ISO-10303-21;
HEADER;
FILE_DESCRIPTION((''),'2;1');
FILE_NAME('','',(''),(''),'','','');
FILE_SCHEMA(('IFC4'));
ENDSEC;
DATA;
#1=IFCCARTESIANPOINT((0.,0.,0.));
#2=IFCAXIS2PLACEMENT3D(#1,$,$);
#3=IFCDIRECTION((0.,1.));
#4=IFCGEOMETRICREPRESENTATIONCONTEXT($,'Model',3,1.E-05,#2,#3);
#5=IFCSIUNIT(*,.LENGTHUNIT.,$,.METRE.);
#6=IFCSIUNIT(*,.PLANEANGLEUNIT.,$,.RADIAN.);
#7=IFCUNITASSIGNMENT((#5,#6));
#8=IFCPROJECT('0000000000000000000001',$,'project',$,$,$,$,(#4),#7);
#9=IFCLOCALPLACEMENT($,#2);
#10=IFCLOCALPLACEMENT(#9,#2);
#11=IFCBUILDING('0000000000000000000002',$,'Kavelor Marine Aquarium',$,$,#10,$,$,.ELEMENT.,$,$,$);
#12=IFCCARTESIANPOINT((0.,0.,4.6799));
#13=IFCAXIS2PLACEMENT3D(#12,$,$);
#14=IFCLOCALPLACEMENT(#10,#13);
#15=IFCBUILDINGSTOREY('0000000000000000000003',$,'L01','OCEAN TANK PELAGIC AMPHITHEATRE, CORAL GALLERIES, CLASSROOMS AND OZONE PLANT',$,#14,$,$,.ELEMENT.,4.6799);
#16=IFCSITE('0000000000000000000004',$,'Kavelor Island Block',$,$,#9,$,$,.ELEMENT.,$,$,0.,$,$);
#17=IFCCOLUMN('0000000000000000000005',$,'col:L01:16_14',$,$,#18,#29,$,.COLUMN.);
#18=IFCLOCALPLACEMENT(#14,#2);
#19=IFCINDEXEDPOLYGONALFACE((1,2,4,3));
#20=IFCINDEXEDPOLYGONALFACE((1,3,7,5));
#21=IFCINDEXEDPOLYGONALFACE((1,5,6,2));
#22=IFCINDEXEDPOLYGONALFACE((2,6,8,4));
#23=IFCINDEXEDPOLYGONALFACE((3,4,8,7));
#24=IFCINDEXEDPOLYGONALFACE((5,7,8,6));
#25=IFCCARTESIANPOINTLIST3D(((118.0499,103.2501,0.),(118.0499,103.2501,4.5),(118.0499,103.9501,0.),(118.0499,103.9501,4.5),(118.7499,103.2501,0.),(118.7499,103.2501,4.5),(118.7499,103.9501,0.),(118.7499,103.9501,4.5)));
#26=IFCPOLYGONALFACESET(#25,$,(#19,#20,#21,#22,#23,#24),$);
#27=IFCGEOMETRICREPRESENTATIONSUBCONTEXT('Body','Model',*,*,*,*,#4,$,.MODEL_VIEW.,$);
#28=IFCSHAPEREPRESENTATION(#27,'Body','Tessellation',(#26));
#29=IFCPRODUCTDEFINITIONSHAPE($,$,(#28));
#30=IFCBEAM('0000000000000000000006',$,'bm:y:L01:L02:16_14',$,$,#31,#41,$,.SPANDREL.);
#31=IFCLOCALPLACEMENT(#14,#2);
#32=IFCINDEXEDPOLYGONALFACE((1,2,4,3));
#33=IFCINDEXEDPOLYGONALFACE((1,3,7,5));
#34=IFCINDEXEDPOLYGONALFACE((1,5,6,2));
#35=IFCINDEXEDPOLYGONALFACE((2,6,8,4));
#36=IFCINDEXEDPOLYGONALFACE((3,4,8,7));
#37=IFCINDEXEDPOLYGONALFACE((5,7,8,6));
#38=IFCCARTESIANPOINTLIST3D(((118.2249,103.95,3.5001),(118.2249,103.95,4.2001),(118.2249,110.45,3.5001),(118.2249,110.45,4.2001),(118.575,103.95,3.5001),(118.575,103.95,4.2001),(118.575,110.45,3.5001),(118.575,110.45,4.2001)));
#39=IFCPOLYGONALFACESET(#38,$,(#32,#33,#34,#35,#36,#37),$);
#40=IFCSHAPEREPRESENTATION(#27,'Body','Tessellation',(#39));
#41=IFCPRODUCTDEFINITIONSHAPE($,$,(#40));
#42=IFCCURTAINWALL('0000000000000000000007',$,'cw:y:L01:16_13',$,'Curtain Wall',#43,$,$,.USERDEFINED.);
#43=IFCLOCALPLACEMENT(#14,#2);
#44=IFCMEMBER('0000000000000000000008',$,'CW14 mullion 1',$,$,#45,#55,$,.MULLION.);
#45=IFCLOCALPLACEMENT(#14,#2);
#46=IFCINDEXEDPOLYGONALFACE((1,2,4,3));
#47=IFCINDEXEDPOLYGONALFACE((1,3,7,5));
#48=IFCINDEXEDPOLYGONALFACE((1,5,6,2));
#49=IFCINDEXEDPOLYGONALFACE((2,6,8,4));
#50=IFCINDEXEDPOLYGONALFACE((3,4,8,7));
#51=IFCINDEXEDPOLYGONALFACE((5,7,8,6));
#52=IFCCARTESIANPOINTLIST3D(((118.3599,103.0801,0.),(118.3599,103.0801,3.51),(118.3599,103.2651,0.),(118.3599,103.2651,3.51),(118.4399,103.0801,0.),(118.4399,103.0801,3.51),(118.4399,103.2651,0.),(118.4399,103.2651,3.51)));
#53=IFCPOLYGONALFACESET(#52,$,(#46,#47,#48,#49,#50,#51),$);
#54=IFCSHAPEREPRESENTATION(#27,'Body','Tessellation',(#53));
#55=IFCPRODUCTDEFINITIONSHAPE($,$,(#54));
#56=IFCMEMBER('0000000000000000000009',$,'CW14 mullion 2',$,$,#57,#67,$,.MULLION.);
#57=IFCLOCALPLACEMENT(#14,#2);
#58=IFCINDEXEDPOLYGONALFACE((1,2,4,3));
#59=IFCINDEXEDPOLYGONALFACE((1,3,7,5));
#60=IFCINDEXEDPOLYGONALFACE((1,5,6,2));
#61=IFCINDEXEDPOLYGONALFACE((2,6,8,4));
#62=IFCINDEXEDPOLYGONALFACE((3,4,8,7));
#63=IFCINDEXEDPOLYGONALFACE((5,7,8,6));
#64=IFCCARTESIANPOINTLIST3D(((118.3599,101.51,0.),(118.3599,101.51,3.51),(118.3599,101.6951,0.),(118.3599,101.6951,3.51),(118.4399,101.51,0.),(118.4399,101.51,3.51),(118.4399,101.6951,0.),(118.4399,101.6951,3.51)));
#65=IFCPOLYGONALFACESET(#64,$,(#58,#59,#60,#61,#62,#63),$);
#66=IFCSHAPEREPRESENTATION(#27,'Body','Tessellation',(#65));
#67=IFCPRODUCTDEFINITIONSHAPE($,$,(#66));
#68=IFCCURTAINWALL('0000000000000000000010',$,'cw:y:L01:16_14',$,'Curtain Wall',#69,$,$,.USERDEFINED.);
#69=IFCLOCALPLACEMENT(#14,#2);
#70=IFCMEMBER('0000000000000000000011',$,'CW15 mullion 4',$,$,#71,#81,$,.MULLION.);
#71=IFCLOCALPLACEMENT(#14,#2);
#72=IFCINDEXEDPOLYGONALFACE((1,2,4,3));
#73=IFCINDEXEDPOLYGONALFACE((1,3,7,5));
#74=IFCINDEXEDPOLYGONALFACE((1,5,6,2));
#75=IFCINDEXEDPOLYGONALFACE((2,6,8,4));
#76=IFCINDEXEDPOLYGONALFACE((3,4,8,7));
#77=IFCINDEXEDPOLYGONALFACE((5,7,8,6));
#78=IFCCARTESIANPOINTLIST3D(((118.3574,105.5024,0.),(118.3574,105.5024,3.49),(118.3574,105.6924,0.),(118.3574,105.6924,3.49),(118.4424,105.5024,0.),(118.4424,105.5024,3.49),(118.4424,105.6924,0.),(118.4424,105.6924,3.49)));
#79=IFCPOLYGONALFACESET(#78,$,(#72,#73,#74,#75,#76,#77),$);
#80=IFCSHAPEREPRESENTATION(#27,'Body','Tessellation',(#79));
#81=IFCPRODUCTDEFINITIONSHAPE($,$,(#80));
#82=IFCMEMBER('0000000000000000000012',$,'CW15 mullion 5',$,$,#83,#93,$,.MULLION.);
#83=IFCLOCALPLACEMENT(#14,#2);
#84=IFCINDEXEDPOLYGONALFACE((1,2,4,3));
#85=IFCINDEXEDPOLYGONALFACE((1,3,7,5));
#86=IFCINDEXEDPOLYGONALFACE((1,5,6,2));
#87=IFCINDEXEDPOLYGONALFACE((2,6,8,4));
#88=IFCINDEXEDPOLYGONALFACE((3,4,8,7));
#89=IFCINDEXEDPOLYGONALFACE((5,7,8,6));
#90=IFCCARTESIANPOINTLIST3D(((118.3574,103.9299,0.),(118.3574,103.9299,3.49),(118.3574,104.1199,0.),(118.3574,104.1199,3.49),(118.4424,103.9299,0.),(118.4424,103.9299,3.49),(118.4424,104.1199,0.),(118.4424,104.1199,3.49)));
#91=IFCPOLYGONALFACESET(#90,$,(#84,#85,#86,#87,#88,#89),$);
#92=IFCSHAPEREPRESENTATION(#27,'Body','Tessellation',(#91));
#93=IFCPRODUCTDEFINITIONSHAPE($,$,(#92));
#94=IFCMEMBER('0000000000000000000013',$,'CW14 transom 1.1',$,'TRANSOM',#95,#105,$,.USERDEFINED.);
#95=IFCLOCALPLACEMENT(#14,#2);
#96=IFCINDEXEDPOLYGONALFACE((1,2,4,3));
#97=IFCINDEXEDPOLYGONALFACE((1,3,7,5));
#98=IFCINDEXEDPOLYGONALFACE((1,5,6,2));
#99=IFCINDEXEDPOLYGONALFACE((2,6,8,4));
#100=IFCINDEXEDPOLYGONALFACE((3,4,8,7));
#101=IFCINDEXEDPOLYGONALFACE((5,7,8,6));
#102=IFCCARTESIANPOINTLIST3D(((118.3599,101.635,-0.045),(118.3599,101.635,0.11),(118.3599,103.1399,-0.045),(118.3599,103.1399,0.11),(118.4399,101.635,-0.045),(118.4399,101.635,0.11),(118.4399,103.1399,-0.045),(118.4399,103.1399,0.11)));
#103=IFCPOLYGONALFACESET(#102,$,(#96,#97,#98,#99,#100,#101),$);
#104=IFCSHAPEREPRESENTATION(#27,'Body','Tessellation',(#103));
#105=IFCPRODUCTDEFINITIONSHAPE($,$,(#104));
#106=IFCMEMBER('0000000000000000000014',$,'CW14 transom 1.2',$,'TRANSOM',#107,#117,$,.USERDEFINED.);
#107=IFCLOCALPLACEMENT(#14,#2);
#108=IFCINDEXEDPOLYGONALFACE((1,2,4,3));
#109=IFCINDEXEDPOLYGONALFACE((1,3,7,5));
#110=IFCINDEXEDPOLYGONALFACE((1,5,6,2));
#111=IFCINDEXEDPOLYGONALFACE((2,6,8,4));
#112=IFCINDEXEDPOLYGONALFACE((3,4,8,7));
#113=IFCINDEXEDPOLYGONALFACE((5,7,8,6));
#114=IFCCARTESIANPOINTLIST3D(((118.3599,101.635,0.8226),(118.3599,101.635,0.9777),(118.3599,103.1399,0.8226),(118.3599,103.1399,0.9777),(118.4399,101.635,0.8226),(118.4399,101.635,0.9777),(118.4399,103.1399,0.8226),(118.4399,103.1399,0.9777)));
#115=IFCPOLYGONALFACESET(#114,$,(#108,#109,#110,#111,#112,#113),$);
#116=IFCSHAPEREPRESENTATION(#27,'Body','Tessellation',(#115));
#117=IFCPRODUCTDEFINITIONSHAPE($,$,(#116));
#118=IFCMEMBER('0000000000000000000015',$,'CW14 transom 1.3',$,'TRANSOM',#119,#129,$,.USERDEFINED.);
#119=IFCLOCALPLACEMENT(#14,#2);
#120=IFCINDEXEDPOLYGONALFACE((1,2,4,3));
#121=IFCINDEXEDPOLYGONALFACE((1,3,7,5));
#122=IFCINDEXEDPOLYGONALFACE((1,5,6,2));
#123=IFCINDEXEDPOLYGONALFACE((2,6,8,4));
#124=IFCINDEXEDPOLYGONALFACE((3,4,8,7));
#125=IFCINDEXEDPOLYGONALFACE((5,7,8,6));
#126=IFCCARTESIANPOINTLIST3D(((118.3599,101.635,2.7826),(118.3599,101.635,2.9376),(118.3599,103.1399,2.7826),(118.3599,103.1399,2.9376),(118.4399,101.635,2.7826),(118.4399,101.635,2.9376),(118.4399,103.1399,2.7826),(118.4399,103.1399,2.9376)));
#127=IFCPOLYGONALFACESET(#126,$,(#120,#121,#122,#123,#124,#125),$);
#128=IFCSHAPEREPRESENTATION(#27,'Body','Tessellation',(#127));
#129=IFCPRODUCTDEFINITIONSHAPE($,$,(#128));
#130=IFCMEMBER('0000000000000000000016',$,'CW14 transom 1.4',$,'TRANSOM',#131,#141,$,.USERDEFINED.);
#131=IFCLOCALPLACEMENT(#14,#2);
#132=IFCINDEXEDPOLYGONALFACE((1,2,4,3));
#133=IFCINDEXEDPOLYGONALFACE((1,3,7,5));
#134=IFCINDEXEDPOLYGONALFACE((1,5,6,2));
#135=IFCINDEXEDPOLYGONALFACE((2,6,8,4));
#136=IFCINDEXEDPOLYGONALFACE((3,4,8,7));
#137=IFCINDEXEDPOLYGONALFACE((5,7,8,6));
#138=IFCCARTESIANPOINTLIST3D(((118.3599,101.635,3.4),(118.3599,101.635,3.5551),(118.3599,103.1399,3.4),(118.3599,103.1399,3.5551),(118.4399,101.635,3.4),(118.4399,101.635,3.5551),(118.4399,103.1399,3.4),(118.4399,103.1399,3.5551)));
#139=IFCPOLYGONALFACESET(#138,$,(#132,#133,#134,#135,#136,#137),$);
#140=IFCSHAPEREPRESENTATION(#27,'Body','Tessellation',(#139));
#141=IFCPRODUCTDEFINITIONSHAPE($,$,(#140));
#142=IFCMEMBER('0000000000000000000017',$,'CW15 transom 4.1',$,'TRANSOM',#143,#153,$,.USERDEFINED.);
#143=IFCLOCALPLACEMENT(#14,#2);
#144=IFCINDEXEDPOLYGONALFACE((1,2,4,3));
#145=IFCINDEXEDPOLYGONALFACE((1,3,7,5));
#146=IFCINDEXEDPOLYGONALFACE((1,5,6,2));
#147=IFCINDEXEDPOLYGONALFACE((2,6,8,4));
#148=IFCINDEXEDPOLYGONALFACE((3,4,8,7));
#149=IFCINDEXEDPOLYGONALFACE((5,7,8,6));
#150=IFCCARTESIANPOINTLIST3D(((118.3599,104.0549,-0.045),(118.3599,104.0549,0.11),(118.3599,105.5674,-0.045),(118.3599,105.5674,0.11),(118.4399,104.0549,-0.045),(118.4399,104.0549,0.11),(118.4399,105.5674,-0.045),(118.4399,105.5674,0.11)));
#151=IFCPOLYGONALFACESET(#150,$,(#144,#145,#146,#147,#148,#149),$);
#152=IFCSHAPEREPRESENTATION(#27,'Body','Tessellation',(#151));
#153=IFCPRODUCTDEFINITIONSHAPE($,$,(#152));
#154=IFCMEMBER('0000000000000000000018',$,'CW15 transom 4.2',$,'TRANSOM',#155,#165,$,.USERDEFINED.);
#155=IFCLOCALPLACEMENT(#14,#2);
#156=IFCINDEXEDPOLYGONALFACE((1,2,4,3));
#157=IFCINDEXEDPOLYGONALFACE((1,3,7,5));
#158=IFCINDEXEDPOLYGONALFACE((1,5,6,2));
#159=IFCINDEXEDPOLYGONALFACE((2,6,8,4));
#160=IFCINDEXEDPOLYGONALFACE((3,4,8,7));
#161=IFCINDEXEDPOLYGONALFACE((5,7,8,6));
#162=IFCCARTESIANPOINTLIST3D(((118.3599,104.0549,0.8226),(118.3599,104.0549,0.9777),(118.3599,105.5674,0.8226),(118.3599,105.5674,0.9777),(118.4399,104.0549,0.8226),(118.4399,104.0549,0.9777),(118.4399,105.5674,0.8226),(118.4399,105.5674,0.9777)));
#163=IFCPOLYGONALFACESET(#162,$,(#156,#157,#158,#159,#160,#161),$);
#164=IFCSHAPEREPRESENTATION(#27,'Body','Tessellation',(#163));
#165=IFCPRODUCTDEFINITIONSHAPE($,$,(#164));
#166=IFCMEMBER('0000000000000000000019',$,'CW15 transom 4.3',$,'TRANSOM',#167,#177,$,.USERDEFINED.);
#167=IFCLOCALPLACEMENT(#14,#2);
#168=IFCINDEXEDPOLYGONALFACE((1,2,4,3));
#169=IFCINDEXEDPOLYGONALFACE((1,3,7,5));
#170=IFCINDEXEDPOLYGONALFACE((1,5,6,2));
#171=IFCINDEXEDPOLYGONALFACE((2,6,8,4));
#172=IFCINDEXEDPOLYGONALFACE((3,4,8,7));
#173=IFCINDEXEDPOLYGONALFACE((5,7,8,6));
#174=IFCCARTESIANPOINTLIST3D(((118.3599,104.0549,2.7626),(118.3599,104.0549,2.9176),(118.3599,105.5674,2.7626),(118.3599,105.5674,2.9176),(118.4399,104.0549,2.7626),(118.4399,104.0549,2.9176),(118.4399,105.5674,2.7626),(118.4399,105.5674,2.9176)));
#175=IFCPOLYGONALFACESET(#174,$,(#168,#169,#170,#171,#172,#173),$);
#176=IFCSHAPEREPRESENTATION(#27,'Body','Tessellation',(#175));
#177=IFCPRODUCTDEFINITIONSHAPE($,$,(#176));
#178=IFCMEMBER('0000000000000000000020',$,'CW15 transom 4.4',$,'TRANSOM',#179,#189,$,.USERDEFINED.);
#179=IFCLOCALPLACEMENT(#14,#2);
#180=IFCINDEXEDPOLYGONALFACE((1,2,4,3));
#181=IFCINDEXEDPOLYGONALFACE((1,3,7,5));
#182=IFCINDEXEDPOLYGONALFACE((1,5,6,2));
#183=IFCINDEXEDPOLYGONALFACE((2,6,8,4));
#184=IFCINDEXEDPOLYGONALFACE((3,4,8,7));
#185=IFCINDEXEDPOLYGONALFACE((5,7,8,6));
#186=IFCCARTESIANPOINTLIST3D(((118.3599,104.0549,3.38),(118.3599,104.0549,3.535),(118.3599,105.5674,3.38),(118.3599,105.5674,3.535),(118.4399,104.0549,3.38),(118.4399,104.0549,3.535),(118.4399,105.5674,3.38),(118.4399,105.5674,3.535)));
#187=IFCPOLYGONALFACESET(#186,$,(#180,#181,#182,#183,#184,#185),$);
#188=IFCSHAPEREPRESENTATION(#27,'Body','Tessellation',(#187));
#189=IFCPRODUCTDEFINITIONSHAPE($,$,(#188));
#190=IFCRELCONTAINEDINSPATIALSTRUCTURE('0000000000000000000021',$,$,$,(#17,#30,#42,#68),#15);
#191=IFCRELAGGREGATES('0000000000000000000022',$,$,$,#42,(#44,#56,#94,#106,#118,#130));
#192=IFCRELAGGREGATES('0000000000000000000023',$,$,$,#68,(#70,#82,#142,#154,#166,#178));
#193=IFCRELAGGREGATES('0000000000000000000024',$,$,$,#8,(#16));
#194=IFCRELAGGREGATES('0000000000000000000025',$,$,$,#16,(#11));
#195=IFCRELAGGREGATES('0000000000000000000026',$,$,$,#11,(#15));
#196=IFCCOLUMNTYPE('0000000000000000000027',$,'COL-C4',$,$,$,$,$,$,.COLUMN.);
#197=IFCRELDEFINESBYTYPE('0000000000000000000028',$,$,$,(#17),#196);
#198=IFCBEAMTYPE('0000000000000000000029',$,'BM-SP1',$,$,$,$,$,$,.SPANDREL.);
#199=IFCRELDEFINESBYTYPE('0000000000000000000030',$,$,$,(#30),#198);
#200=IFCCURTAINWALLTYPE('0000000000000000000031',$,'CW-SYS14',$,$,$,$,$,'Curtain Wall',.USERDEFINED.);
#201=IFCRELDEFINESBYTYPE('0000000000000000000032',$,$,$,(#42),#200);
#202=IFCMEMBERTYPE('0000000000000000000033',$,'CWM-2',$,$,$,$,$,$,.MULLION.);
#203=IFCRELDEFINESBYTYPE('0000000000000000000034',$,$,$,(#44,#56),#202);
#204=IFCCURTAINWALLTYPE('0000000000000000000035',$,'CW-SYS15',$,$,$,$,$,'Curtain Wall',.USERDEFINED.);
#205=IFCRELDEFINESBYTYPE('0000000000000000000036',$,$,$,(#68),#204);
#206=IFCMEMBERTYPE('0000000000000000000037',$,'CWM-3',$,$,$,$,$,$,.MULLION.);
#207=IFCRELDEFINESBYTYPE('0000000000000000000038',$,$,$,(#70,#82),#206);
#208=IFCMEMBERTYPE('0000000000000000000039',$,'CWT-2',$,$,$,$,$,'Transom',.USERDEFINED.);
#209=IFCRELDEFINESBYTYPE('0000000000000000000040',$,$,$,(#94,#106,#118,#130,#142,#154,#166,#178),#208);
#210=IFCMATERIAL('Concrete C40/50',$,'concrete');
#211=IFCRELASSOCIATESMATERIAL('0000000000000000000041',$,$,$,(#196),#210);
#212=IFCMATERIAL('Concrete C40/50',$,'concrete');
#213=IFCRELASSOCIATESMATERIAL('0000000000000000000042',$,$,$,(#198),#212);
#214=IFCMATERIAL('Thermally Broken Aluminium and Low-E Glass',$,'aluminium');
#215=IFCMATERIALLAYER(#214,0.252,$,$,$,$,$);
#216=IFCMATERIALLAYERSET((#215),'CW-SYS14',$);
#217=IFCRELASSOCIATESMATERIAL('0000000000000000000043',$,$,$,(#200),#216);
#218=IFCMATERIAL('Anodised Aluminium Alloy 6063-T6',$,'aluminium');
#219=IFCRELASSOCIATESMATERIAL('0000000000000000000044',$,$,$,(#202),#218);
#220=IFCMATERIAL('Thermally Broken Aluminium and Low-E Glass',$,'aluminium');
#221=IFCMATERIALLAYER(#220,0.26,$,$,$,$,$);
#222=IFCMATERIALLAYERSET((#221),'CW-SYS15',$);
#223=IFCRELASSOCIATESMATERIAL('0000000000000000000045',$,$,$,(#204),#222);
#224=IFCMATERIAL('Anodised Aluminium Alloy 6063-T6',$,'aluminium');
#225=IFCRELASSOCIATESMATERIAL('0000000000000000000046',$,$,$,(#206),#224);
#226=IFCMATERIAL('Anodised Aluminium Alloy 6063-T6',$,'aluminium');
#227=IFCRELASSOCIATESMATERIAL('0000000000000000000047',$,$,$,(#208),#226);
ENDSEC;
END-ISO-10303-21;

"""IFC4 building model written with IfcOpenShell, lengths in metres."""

from ifc_helpers import new_model, si_unit, direction, frame, origin, origin_2d, place, context, subcontext, project, spatial, rectangle, extrude, material, layer, layer_set, material_profile, profile_set, type_object, element, aggregate, save


model = new_model("IFC4")

# Units and contexts
model_context = context("Model", 3, precision=1e-05, world=origin(), true_north=direction((0.0, 1.0)))
body_context = subcontext(model_context, "Body", "Model", "MODEL_VIEW")
ifc_project = project(units=[si_unit("LENGTHUNIT", "METRE"), si_unit("PLANEANGLEUNIT", "RADIAN")], contexts=[model_context])

# Site, building, storey
site_placement = place(None, origin())
site = spatial("IfcSite", under=ifc_project, at=site_placement, Name="Kavelor Island Block", CompositionType="ELEMENT", RefElevation=0.0)
building_placement = place(site_placement, origin())
building = spatial("IfcBuilding", under=site, at=building_placement, Name="Kavelor Marine Aquarium", CompositionType="ELEMENT")
storey_placement = place(building_placement, frame((0.0, 0.0, 4.6799)))
storey = spatial("IfcBuildingStorey", under=building, at=storey_placement, Name="L01", Description="OCEAN TANK PELAGIC AMPHITHEATRE, CORAL GALLERIES, CLASSROOMS AND OZONE PLANT", CompositionType="ELEMENT", Elevation=4.6799)

# Column
ifc_material_1 = material(Name="Concrete C40/50", Category="concrete")
ifc_material_profile_1 = material_profile(ifc_material_1, rectangle(XDim=0.7, YDim=0.7, at=origin_2d()), Name="RC-COL 700x700")
ifc_profile_set_1 = profile_set([ifc_material_profile_1], Name="Concrete C40/50")
column_type = type_object("IfcColumnType", Name="COL-C4", PredefinedType="COLUMN", material=ifc_profile_set_1)
column_placement = place(storey_placement, frame((118.3999, 103.6001, 0.0), z_axis=(0.0, 0.0, 1.0), x_axis=(1.0, 0.0, 0.0)))
element("IfcColumn", 1, at=column_placement, inside=storey, type_object=column_type, Name="col:L01:16_14", PredefinedType="COLUMN", context=body_context, shape_type="SweptSolid", body=[
    extrude(rectangle(XDim=0.7, YDim=0.7, at=origin_2d()), origin(), (0.0, 0.0, 1.0), 4.5),
])

# Beam
ifc_material_2 = material(Name="Concrete C40/50", Category="concrete")
ifc_material_profile_2 = material_profile(ifc_material_2, rectangle(XDim=0.3501, YDim=0.7, at=origin_2d()), Name="RC-SP 350x700")
ifc_profile_set_2 = profile_set([ifc_material_profile_2], Name="Concrete C40/50")
beam_type = type_object("IfcBeamType", Name="BM-SP1", PredefinedType="SPANDREL", material=ifc_profile_set_2)
beam_placement = place(storey_placement, frame((118.3999, 103.95, 3.8501), z_axis=(0.0, 1.0, 0.0), x_axis=(-1.0, 0.0, 0.0)))
element("IfcBeam", 2, at=beam_placement, inside=storey, type_object=beam_type, Name="bm:y:L01:L02:16_14", PredefinedType="SPANDREL", context=body_context, shape_type="SweptSolid", body=[
    extrude(rectangle(XDim=0.3501, YDim=0.7, at=origin_2d()), origin(), (0.0, 0.0, 1.0), 6.5),
])

# Curtain walls, members
ifc_material_3 = material(Name="Thermally Broken Aluminium and Low-E Glass", Category="aluminium")
ifc_layer_1 = layer(ifc_material_3, 0.252)
ifc_layer_set_1 = layer_set([ifc_layer_1], Name="CW-SYS14")
curtain_wall_type_1 = type_object("IfcCurtainWallType", Name="CW-SYS14", ElementType="Curtain Wall", PredefinedType="USERDEFINED", material=ifc_layer_set_1)
curtain_wall_1_placement = place(storey_placement, origin())
curtain_wall_1 = element("IfcCurtainWall", 3, at=curtain_wall_1_placement, inside=storey, type_object=curtain_wall_type_1, Name="cw:y:L01:16_13", ObjectType="Curtain Wall", PredefinedType="USERDEFINED")
ifc_material_4 = material(Name="Anodised Aluminium Alloy 6063-T6", Category="aluminium")
ifc_material_profile_3 = material_profile(ifc_material_4, rectangle(XDim=0.0801, YDim=0.1851, at=origin_2d()), Name="CW-MUL 80x185")
ifc_profile_set_3 = profile_set([ifc_material_profile_3], Name="Anodised Aluminium Alloy 6063-T6")
member_type_1 = type_object("IfcMemberType", Name="CWM-2", PredefinedType="MULLION", material=ifc_profile_set_3)
member_1_placement = place(storey_placement, frame((118.3999, 103.1726, 0.0), z_axis=(0.0, 0.0, 1.0), x_axis=(1.0, 0.0, 0.0)))
member_1 = element("IfcMember", 4, at=member_1_placement, type_object=member_type_1, Name="CW14 mullion 1", PredefinedType="MULLION", context=body_context, shape_type="SweptSolid", body=[
    extrude(rectangle(XDim=0.0801, YDim=0.1851, at=origin_2d()), origin(), (0.0, 0.0, 1.0), 3.51),
])
member_2_placement = place(storey_placement, frame((118.3999, 101.6025, 0.0), z_axis=(0.0, 0.0, 1.0), x_axis=(1.0, 0.0, 0.0)))
member_2 = element("IfcMember", 5, at=member_2_placement, type_object=member_type_1, Name="CW14 mullion 2", PredefinedType="MULLION", context=body_context, shape_type="SweptSolid", body=[
    extrude(rectangle(XDim=0.0801, YDim=0.1851, at=origin_2d()), origin(), (0.0, 0.0, 1.0), 3.51),
])
ifc_material_5 = material(Name="Thermally Broken Aluminium and Low-E Glass", Category="aluminium")
ifc_layer_2 = layer(ifc_material_5, 0.26)
ifc_layer_set_2 = layer_set([ifc_layer_2], Name="CW-SYS15")
curtain_wall_type_2 = type_object("IfcCurtainWallType", Name="CW-SYS15", ElementType="Curtain Wall", PredefinedType="USERDEFINED", material=ifc_layer_set_2)
curtain_wall_2_placement = place(storey_placement, origin())
curtain_wall_2 = element("IfcCurtainWall", 6, at=curtain_wall_2_placement, inside=storey, type_object=curtain_wall_type_2, Name="cw:y:L01:16_14", ObjectType="Curtain Wall", PredefinedType="USERDEFINED")
ifc_material_6 = material(Name="Anodised Aluminium Alloy 6063-T6", Category="aluminium")
ifc_material_profile_4 = material_profile(ifc_material_6, rectangle(XDim=0.085, YDim=0.1899, at=origin_2d()), Name="CW-MUL 85x190")
ifc_profile_set_4 = profile_set([ifc_material_profile_4], Name="Anodised Aluminium Alloy 6063-T6")
member_type_2 = type_object("IfcMemberType", Name="CWM-3", PredefinedType="MULLION", material=ifc_profile_set_4)
member_3_placement = place(storey_placement, frame((118.3999, 105.5974, 0.0), z_axis=(0.0, 0.0, 1.0), x_axis=(1.0, 0.0, 0.0)))
member_3 = element("IfcMember", 7, at=member_3_placement, type_object=member_type_2, Name="CW15 mullion 4", PredefinedType="MULLION", context=body_context, shape_type="SweptSolid", body=[
    extrude(rectangle(XDim=0.085, YDim=0.1899, at=origin_2d()), origin(), (0.0, 0.0, 1.0), 3.49),
])
member_4_placement = place(storey_placement, frame((118.3999, 104.0249, 0.0), z_axis=(0.0, 0.0, 1.0), x_axis=(1.0, 0.0, 0.0)))
member_4 = element("IfcMember", 8, at=member_4_placement, type_object=member_type_2, Name="CW15 mullion 5", PredefinedType="MULLION", context=body_context, shape_type="SweptSolid", body=[
    extrude(rectangle(XDim=0.085, YDim=0.1899, at=origin_2d()), origin(), (0.0, 0.0, 1.0), 3.49),
])

# Members
ifc_material_7 = material(Name="Anodised Aluminium Alloy 6063-T6", Category="aluminium")
ifc_material_profile_5 = material_profile(ifc_material_7, rectangle(XDim=0.0801, YDim=0.155, at=origin_2d()), Name="CW-TRN 80x155")
ifc_profile_set_5 = profile_set([ifc_material_profile_5], Name="Anodised Aluminium Alloy 6063-T6")
member_type_3 = type_object("IfcMemberType", Name="CWT-2", ElementType="Transom", PredefinedType="USERDEFINED", material=ifc_profile_set_5)
member_5_placement = place(storey_placement, frame((118.3999, 103.1399, 0.0325), z_axis=(0.0, -1.0, 0.0), x_axis=(1.0, 0.0, 0.0)))
member_5 = element("IfcMember", 9, at=member_5_placement, type_object=member_type_3, Name="CW14 transom 1.1", ObjectType="TRANSOM", PredefinedType="USERDEFINED", context=body_context, shape_type="SweptSolid", body=[
    extrude(rectangle(XDim=0.0801, YDim=0.155, at=origin_2d()), origin(), (0.0, 0.0, 1.0), 1.5049),
])
member_6_placement = place(storey_placement, frame((118.3999, 103.1399, 0.9001), z_axis=(0.0, -1.0, 0.0), x_axis=(1.0, 0.0, 0.0)))
member_6 = element("IfcMember", 10, at=member_6_placement, type_object=member_type_3, Name="CW14 transom 1.2", ObjectType="TRANSOM", PredefinedType="USERDEFINED", context=body_context, shape_type="SweptSolid", body=[
    extrude(rectangle(XDim=0.0801, YDim=0.155, at=origin_2d()), origin(), (0.0, 0.0, 1.0), 1.5049),
])
member_7_placement = place(storey_placement, frame((118.3999, 103.1399, 2.8601), z_axis=(0.0, -1.0, 0.0), x_axis=(1.0, 0.0, 0.0)))
member_7 = element("IfcMember", 11, at=member_7_placement, type_object=member_type_3, Name="CW14 transom 1.3", ObjectType="TRANSOM", PredefinedType="USERDEFINED", context=body_context, shape_type="SweptSolid", body=[
    extrude(rectangle(XDim=0.0801, YDim=0.155, at=origin_2d()), origin(), (0.0, 0.0, 1.0), 1.5049),
])
member_8_placement = place(storey_placement, frame((118.3999, 103.1399, 3.4775), z_axis=(0.0, -1.0, 0.0), x_axis=(1.0, 0.0, 0.0)))
member_8 = element("IfcMember", 12, at=member_8_placement, type_object=member_type_3, Name="CW14 transom 1.4", ObjectType="TRANSOM", PredefinedType="USERDEFINED", context=body_context, shape_type="SweptSolid", body=[
    extrude(rectangle(XDim=0.0801, YDim=0.155, at=origin_2d()), origin(), (0.0, 0.0, 1.0), 1.5049),
])
member_9_placement = place(storey_placement, frame((118.3999, 105.5674, 0.0325), z_axis=(0.0, -1.0, 0.0), x_axis=(1.0, 0.0, 0.0)))
member_9 = element("IfcMember", 13, at=member_9_placement, type_object=member_type_3, Name="CW15 transom 4.1", ObjectType="TRANSOM", PredefinedType="USERDEFINED", context=body_context, shape_type="SweptSolid", body=[
    extrude(rectangle(XDim=0.0801, YDim=0.155, at=origin_2d()), origin(), (0.0, 0.0, 1.0), 1.5125),
])
member_10_placement = place(storey_placement, frame((118.3999, 105.5674, 0.9001), z_axis=(0.0, -1.0, 0.0), x_axis=(1.0, 0.0, 0.0)))
member_10 = element("IfcMember", 14, at=member_10_placement, type_object=member_type_3, Name="CW15 transom 4.2", ObjectType="TRANSOM", PredefinedType="USERDEFINED", context=body_context, shape_type="SweptSolid", body=[
    extrude(rectangle(XDim=0.0801, YDim=0.155, at=origin_2d()), origin(), (0.0, 0.0, 1.0), 1.5125),
])
member_11_placement = place(storey_placement, frame((118.3999, 105.5674, 2.8401), z_axis=(0.0, -1.0, 0.0), x_axis=(1.0, 0.0, 0.0)))
member_11 = element("IfcMember", 15, at=member_11_placement, type_object=member_type_3, Name="CW15 transom 4.3", ObjectType="TRANSOM", PredefinedType="USERDEFINED", context=body_context, shape_type="SweptSolid", body=[
    extrude(rectangle(XDim=0.0801, YDim=0.155, at=origin_2d()), origin(), (0.0, 0.0, 1.0), 1.5125),
])
member_12_placement = place(storey_placement, frame((118.3999, 105.5674, 3.4575), z_axis=(0.0, -1.0, 0.0), x_axis=(1.0, 0.0, 0.0)))
member_12 = element("IfcMember", 16, at=member_12_placement, type_object=member_type_3, Name="CW15 transom 4.4", ObjectType="TRANSOM", PredefinedType="USERDEFINED", context=body_context, shape_type="SweptSolid", body=[
    extrude(rectangle(XDim=0.0801, YDim=0.155, at=origin_2d()), origin(), (0.0, 0.0, 1.0), 1.5125),
])

aggregate(curtain_wall_1, [member_1, member_2, member_5, member_6, member_7, member_8])
aggregate(curtain_wall_2, [member_3, member_4, member_9, member_10, member_11, member_12])

save(model, "model.ifc")
